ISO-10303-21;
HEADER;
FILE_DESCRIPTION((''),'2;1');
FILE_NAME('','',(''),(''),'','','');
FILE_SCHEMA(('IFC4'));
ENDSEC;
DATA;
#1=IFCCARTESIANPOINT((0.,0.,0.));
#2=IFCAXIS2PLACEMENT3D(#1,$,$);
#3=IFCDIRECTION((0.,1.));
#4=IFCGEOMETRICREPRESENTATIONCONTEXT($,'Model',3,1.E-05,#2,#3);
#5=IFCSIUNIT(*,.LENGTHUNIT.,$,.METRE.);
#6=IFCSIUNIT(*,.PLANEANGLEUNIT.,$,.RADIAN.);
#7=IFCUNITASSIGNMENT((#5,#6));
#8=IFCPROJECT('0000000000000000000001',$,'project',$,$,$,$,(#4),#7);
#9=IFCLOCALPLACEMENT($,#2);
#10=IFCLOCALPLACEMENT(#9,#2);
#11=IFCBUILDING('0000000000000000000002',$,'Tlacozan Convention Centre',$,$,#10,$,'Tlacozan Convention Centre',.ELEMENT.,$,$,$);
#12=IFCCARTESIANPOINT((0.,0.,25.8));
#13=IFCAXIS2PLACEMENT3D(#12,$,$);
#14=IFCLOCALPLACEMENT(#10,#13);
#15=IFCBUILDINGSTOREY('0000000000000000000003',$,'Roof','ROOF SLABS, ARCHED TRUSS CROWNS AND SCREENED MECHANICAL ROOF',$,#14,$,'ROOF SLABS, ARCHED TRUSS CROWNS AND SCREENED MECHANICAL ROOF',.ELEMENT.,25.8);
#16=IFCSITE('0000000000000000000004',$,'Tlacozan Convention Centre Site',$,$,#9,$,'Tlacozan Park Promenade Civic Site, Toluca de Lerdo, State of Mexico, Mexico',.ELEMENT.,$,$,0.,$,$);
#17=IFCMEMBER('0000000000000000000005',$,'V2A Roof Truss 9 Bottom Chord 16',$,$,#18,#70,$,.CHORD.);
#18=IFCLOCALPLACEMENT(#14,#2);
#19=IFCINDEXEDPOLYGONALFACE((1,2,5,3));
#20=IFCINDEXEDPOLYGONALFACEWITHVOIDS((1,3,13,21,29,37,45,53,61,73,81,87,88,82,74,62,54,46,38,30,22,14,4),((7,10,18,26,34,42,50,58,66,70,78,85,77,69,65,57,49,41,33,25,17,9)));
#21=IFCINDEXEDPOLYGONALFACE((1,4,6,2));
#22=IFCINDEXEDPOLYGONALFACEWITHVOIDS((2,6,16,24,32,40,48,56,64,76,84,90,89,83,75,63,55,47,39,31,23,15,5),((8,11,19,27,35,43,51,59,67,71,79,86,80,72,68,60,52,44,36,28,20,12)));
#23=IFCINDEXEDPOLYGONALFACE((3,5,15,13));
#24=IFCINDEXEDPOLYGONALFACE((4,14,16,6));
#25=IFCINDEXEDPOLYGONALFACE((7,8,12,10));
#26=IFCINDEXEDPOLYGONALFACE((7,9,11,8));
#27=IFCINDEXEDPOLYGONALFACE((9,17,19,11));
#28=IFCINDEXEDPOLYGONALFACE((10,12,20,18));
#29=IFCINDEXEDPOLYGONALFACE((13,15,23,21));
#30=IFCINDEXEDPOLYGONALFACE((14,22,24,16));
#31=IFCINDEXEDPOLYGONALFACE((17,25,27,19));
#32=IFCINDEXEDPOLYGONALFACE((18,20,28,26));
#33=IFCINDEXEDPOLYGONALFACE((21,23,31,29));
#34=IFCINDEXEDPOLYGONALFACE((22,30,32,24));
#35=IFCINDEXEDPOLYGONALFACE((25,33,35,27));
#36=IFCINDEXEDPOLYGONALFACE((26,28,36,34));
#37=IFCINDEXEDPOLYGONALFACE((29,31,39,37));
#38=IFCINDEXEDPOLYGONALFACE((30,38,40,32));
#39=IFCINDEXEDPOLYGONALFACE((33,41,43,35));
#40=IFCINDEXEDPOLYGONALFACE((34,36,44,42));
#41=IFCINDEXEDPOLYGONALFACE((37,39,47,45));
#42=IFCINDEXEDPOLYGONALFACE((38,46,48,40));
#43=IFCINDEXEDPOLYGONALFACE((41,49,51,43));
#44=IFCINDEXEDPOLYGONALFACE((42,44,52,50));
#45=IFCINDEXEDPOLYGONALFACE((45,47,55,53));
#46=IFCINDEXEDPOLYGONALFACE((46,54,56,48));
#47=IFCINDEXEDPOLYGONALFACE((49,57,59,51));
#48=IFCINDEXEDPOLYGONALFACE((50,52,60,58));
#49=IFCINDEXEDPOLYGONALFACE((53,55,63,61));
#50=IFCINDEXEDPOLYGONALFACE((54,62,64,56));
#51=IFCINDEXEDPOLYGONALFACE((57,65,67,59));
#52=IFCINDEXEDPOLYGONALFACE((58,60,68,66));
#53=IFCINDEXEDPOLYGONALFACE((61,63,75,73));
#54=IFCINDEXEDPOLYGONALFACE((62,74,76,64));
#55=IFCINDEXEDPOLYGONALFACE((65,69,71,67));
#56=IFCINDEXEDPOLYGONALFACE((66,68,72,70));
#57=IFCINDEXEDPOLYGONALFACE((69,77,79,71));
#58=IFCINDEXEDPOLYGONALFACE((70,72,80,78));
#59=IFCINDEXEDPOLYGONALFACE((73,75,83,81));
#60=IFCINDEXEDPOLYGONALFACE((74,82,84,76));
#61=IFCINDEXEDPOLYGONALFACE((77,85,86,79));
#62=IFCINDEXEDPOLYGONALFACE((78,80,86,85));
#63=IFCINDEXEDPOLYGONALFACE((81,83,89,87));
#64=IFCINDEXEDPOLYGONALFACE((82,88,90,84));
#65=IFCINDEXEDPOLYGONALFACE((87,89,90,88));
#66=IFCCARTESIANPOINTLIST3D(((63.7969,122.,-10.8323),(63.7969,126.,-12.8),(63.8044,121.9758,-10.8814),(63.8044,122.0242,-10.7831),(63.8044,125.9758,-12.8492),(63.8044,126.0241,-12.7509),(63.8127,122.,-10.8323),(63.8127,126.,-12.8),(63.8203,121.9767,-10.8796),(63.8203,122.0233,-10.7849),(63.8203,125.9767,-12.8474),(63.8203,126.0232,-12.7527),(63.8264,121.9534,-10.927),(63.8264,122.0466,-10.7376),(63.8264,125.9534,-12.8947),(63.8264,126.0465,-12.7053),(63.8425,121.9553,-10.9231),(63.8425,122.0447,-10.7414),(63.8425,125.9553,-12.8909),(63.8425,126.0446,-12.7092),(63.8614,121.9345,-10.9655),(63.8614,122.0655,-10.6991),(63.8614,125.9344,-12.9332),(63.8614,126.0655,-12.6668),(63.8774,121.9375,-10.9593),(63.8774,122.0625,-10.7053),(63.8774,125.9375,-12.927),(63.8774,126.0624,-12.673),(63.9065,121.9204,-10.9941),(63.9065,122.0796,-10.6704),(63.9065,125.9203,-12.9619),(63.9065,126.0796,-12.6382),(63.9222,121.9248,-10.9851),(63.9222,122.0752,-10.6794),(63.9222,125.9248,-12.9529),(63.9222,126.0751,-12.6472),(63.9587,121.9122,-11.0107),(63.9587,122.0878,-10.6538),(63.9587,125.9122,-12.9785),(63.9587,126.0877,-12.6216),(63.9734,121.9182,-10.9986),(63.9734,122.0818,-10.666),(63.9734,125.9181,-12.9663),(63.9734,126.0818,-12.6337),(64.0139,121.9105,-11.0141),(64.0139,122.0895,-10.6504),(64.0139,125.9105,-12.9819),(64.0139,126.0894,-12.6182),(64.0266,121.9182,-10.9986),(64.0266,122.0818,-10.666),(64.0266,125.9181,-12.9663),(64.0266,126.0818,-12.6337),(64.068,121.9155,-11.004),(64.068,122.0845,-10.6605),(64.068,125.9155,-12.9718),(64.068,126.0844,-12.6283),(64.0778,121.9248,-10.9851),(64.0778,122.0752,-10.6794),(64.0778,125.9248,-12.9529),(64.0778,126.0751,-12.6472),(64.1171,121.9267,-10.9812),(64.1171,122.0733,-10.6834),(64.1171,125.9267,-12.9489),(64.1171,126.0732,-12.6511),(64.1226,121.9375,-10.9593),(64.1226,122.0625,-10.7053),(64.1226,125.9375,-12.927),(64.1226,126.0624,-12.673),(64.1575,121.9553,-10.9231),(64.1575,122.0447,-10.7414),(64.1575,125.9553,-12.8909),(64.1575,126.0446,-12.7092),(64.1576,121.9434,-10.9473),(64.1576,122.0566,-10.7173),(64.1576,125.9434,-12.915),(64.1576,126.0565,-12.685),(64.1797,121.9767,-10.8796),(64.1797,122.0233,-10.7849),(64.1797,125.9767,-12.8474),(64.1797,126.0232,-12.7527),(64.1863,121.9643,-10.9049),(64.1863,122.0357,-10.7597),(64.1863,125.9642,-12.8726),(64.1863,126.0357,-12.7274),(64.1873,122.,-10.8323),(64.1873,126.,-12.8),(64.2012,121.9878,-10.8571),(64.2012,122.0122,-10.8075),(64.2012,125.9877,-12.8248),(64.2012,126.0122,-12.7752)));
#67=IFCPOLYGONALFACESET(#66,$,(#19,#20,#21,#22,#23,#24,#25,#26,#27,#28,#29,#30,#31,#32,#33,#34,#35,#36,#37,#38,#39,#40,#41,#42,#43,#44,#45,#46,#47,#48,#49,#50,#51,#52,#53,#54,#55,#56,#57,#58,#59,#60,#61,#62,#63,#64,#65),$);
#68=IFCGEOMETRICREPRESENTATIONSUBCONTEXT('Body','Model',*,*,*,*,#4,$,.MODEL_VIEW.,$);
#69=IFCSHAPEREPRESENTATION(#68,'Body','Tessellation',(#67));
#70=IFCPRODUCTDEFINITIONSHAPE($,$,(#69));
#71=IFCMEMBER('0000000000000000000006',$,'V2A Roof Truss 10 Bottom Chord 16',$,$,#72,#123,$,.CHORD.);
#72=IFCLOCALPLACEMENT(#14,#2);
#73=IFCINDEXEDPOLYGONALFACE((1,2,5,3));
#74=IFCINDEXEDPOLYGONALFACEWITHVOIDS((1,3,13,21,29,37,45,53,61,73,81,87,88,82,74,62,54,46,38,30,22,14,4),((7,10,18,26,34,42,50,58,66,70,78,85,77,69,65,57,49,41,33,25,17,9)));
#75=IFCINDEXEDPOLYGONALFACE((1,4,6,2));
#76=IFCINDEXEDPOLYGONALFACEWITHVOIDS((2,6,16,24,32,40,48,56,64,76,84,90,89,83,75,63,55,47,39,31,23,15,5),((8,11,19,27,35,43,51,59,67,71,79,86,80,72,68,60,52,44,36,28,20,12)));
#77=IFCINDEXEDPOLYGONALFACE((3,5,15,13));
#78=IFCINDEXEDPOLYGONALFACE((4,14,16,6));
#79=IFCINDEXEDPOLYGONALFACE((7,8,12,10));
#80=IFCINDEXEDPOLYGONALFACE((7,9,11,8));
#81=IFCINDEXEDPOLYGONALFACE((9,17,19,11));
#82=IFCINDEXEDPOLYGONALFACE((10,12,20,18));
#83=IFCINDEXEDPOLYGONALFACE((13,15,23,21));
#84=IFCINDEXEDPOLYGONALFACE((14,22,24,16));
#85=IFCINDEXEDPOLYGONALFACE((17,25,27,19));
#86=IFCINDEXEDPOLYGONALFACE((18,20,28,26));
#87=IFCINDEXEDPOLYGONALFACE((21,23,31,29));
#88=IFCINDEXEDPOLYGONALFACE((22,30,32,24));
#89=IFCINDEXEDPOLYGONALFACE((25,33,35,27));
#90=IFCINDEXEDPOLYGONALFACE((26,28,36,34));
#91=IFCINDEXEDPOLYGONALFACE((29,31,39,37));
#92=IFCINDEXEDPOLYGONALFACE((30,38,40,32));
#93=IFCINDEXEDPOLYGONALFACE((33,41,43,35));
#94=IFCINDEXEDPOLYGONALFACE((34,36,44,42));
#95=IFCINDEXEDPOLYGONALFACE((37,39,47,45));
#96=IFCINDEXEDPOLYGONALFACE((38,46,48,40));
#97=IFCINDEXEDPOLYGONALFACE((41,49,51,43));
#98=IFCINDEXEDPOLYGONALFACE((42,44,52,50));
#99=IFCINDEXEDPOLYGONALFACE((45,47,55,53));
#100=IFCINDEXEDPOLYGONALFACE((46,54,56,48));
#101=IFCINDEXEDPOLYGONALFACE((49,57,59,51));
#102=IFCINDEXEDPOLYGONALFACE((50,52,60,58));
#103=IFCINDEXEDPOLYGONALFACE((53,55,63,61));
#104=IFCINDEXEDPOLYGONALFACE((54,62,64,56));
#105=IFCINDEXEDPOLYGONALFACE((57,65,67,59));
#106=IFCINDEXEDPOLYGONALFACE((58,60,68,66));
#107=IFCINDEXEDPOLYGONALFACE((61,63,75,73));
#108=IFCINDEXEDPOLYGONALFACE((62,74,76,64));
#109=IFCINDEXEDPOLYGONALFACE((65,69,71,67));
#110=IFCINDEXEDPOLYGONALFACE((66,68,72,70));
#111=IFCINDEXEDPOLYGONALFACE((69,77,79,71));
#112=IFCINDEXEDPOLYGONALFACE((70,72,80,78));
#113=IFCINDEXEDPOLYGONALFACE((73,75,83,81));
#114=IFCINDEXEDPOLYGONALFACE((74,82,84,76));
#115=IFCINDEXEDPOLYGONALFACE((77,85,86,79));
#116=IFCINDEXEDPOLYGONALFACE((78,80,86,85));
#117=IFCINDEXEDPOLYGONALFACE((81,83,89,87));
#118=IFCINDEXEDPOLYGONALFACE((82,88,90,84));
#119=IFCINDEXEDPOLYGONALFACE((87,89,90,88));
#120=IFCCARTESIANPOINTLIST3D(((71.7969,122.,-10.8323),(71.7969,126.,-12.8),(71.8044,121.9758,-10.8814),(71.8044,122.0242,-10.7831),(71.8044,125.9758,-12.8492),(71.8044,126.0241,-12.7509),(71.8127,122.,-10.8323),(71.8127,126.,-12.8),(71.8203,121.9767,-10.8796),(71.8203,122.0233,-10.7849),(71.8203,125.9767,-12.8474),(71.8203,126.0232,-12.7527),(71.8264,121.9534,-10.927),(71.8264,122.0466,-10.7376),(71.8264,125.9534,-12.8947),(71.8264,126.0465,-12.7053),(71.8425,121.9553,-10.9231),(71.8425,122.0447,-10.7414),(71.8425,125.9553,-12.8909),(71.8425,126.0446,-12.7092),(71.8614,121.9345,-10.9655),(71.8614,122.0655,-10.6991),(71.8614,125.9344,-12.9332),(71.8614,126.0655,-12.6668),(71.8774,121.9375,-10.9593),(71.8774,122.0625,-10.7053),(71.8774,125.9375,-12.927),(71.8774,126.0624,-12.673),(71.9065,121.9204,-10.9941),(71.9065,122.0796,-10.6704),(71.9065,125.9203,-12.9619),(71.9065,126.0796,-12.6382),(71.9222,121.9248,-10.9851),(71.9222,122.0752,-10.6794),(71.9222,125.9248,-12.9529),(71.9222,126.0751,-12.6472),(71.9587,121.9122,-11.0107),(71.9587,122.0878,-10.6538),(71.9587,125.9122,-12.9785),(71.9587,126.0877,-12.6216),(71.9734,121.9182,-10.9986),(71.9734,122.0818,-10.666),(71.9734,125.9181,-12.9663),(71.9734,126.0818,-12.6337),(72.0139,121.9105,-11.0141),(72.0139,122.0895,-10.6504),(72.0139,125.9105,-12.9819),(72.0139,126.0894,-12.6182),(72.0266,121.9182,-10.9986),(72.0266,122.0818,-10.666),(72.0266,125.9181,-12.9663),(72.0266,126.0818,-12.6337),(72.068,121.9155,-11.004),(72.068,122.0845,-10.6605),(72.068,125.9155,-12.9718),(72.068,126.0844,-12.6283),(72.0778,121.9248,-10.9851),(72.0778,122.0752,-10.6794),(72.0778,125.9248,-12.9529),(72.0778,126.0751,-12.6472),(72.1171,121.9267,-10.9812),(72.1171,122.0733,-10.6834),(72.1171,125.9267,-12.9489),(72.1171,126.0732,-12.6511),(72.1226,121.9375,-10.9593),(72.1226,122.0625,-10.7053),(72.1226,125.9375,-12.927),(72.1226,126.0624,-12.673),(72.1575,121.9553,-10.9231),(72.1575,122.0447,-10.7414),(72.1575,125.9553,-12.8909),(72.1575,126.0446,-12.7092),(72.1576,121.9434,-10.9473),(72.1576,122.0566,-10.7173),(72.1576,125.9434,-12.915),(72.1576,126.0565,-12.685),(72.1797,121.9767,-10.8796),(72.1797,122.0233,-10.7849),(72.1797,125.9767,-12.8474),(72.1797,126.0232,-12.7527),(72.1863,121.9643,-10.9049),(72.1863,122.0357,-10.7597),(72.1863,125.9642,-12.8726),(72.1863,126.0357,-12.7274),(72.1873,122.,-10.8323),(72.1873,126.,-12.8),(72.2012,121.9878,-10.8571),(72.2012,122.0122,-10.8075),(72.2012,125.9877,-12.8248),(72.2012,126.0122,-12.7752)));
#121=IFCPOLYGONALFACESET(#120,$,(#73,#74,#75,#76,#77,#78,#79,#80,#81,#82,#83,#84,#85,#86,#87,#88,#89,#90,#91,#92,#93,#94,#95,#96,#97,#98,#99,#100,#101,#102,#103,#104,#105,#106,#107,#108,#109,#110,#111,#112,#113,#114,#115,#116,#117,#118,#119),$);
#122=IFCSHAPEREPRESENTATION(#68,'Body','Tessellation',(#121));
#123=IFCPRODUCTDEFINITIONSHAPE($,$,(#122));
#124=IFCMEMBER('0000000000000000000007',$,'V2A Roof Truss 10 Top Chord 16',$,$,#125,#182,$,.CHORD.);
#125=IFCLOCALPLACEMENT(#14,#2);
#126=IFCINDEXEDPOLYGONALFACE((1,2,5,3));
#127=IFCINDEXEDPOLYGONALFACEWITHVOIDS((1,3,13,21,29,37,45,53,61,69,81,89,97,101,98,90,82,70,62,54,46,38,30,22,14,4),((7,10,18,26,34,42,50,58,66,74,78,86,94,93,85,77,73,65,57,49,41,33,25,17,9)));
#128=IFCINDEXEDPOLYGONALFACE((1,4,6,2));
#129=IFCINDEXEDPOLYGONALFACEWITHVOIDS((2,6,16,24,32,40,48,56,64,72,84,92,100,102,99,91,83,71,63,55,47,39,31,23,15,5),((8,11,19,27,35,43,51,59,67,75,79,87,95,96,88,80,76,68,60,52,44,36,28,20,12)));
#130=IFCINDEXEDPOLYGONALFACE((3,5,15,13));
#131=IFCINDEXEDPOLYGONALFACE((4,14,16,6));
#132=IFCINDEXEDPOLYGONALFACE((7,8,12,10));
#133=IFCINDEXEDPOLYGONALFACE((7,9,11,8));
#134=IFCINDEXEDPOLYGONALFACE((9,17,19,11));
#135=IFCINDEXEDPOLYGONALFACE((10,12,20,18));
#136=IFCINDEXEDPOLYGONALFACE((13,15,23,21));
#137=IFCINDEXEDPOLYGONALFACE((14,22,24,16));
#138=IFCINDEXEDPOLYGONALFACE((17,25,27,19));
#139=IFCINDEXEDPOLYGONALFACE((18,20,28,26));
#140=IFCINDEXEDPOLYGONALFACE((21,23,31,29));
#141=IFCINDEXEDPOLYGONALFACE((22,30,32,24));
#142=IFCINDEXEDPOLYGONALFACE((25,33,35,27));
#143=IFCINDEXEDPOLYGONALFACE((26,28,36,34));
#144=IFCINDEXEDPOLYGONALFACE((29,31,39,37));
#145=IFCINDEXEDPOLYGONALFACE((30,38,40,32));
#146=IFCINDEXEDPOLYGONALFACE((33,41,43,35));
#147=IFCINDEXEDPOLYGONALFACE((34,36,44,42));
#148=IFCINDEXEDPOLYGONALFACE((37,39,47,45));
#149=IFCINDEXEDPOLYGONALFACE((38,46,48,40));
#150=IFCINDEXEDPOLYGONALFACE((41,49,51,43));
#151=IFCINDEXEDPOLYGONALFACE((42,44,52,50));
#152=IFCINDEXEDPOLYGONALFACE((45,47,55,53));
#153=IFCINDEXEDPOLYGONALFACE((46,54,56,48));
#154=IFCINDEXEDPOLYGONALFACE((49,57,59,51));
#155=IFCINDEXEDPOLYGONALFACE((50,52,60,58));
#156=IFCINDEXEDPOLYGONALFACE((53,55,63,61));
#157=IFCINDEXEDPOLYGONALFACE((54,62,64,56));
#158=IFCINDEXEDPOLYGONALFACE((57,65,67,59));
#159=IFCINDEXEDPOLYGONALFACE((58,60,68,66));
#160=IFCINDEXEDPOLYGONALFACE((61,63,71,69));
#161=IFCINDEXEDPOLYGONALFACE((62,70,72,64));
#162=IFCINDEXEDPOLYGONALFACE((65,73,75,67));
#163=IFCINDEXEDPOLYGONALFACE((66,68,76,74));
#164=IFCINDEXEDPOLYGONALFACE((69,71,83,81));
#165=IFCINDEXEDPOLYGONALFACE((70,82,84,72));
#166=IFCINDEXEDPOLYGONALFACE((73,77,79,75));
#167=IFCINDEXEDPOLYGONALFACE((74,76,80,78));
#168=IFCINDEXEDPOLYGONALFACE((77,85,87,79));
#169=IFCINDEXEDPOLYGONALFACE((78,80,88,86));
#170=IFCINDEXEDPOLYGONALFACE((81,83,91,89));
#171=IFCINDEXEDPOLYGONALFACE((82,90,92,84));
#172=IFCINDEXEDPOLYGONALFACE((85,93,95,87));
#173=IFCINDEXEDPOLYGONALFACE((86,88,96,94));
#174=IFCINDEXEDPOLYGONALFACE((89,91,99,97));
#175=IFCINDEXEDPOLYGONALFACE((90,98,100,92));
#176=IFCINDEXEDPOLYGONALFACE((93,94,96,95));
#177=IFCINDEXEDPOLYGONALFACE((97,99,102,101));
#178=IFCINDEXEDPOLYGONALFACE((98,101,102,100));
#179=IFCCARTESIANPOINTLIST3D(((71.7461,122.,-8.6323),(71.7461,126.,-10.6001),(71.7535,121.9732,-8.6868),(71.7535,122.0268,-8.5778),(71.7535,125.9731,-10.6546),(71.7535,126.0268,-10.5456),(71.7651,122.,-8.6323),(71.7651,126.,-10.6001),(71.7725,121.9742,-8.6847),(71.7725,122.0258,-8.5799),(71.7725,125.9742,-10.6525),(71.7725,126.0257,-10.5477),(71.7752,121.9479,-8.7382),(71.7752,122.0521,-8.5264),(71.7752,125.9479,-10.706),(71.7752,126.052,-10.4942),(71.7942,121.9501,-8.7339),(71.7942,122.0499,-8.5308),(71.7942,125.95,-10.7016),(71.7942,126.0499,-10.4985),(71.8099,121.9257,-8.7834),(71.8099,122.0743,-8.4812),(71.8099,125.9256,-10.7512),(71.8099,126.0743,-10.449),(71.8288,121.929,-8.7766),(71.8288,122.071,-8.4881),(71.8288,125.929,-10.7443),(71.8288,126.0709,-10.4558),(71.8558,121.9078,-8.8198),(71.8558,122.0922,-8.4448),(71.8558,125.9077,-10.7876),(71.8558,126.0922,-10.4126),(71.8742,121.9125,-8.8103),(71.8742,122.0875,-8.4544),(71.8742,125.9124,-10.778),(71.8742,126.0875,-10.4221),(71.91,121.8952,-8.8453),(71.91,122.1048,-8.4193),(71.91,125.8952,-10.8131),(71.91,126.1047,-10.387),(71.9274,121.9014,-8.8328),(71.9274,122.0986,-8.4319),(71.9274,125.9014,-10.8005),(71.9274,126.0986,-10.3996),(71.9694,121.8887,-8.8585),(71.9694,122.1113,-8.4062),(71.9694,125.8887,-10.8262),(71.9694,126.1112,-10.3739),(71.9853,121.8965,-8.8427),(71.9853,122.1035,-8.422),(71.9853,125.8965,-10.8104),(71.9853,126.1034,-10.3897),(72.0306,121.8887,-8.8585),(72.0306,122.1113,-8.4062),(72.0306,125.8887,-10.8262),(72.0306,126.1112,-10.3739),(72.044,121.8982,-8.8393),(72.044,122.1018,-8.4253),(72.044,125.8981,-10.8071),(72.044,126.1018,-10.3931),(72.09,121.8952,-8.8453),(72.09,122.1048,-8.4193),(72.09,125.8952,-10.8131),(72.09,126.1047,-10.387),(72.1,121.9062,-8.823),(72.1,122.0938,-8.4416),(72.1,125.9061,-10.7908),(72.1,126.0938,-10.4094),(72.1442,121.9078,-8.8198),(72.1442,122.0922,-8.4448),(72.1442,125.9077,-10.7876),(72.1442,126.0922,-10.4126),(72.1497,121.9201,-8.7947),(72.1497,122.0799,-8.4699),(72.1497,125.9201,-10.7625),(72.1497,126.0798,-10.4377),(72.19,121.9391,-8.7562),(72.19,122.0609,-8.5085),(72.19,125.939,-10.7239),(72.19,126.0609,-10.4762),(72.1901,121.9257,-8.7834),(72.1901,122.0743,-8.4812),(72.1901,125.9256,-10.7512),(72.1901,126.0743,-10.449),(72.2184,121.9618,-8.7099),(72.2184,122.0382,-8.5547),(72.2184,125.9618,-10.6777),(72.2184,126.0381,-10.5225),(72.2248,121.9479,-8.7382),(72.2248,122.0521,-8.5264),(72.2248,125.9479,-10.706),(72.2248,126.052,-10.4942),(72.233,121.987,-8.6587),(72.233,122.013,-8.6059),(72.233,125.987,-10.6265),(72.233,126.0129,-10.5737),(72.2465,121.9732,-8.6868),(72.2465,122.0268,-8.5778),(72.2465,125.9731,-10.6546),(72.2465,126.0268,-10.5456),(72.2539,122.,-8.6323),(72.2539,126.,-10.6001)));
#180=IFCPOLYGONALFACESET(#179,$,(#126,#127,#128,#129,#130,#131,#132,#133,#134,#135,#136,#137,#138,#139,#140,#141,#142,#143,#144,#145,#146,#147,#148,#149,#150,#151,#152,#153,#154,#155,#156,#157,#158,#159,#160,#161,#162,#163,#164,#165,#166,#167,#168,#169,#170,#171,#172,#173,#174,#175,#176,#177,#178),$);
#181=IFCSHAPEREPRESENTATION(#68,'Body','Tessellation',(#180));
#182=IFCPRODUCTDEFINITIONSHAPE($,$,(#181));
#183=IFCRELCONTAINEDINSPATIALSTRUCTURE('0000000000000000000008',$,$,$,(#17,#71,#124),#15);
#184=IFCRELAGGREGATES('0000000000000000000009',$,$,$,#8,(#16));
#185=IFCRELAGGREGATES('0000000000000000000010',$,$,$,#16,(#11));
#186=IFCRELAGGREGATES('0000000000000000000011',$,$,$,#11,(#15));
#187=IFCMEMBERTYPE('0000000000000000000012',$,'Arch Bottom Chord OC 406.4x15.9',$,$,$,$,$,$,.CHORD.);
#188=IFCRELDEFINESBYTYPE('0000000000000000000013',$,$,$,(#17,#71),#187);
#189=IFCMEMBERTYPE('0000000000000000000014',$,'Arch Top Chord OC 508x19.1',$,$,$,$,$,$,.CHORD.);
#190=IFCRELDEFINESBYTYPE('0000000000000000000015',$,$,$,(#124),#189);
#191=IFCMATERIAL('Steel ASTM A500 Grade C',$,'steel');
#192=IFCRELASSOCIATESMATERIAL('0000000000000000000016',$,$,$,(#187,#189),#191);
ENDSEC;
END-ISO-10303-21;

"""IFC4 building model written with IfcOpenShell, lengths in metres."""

from ifc_helpers import new_model, si_unit, direction, frame, origin, origin_2d, place, context, subcontext, project, spatial, hollow_circle, extrude, material, material_profile, profile_set, type_object, element, save


model = new_model("IFC4")

# Units and contexts
model_context = context("Model", 3, precision=1e-05, world=origin(), true_north=direction((0.0, 1.0)))
body_context = subcontext(model_context, "Body", "Model", "MODEL_VIEW")
ifc_project = project(units=[si_unit("LENGTHUNIT", "METRE"), si_unit("PLANEANGLEUNIT", "RADIAN")], contexts=[model_context])

# Site, building, storey
site_placement = place(None, origin())
site = spatial("IfcSite", under=ifc_project, at=site_placement, Name="Tlacozan Convention Centre Site", LongName="Tlacozan Park Promenade Civic Site, Toluca de Lerdo, State of Mexico, Mexico", CompositionType="ELEMENT", RefElevation=0.0)
building_placement = place(site_placement, origin())
building = spatial("IfcBuilding", under=site, at=building_placement, Name="Tlacozan Convention Centre", LongName="Tlacozan Convention Centre", CompositionType="ELEMENT")
storey_placement = place(building_placement, frame((0.0, 0.0, 25.8)))
storey = spatial("IfcBuildingStorey", under=building, at=storey_placement, Name="Roof", Description="ROOF SLABS, ARCHED TRUSS CROWNS AND SCREENED MECHANICAL ROOF", LongName="ROOF SLABS, ARCHED TRUSS CROWNS AND SCREENED MECHANICAL ROOF", CompositionType="ELEMENT", Elevation=25.8)

# Members
ifc_material_1 = material(Name="Steel ASTM A500 Grade C", Category="steel")
ifc_material_profile_1 = material_profile(ifc_material_1, hollow_circle(Radius=0.2031, WallThickness=0.0159, at=origin_2d()), Name="OC 406.4x15.9")
ifc_profile_set_1 = profile_set([ifc_material_profile_1], Name="Steel ASTM A500 Grade C")
member_type_1 = type_object("IfcMemberType", Name="Arch Bottom Chord OC 406.4x15.9", PredefinedType="CHORD", material=ifc_profile_set_1)
for number, where, z_axis, x_axis, name in (
    (1, (64.0, 122.0, -10.8323), (0.0, 0.8973, -0.441421), (-1.0, 0.0, 0.0), "V2A Roof Truss 9 Bottom Chord 16"),
    (2, (72.0, 122.0, -10.8323), (0.0, 0.8973, -0.441421), (-1.0, 0.0, 0.0), "V2A Roof Truss 10 Bottom Chord 16"),
):
    element("IfcMember", number, at=place(storey_placement, frame(where, z_axis=z_axis, x_axis=x_axis)), inside=storey, type_object=member_type_1, Name=name, PredefinedType="CHORD", context=body_context, shape_type="SweptSolid", body=[
        extrude(hollow_circle(Radius=0.2031, WallThickness=0.0159, at=origin_2d()), origin(), (0.0, 0.0, 1.0), 4.4578),
    ])
ifc_material_profile_2 = material_profile(ifc_material_1, hollow_circle(Radius=0.2539, WallThickness=0.019, at=origin_2d()), Name="OC 508.0x19.1")
ifc_profile_set_2 = profile_set([ifc_material_profile_2], Name="Steel ASTM A500 Grade C")
member_type_2 = type_object("IfcMemberType", Name="Arch Top Chord OC 508x19.1", PredefinedType="CHORD", material=ifc_profile_set_2)
member_1_placement = place(storey_placement, frame((72.0, 122.0, -8.6323), z_axis=(0.0, 0.8973, -0.441421), x_axis=(-1.0, 0.0, 0.0)))
element("IfcMember", 3, at=member_1_placement, inside=storey, type_object=member_type_2, Name="V2A Roof Truss 10 Top Chord 16", PredefinedType="CHORD", context=body_context, shape_type="SweptSolid", body=[
    extrude(hollow_circle(Radius=0.2539, WallThickness=0.019, at=origin_2d()), origin(), (0.0, 0.0, 1.0), 4.4578),
])

save(model, "model.ifc")
